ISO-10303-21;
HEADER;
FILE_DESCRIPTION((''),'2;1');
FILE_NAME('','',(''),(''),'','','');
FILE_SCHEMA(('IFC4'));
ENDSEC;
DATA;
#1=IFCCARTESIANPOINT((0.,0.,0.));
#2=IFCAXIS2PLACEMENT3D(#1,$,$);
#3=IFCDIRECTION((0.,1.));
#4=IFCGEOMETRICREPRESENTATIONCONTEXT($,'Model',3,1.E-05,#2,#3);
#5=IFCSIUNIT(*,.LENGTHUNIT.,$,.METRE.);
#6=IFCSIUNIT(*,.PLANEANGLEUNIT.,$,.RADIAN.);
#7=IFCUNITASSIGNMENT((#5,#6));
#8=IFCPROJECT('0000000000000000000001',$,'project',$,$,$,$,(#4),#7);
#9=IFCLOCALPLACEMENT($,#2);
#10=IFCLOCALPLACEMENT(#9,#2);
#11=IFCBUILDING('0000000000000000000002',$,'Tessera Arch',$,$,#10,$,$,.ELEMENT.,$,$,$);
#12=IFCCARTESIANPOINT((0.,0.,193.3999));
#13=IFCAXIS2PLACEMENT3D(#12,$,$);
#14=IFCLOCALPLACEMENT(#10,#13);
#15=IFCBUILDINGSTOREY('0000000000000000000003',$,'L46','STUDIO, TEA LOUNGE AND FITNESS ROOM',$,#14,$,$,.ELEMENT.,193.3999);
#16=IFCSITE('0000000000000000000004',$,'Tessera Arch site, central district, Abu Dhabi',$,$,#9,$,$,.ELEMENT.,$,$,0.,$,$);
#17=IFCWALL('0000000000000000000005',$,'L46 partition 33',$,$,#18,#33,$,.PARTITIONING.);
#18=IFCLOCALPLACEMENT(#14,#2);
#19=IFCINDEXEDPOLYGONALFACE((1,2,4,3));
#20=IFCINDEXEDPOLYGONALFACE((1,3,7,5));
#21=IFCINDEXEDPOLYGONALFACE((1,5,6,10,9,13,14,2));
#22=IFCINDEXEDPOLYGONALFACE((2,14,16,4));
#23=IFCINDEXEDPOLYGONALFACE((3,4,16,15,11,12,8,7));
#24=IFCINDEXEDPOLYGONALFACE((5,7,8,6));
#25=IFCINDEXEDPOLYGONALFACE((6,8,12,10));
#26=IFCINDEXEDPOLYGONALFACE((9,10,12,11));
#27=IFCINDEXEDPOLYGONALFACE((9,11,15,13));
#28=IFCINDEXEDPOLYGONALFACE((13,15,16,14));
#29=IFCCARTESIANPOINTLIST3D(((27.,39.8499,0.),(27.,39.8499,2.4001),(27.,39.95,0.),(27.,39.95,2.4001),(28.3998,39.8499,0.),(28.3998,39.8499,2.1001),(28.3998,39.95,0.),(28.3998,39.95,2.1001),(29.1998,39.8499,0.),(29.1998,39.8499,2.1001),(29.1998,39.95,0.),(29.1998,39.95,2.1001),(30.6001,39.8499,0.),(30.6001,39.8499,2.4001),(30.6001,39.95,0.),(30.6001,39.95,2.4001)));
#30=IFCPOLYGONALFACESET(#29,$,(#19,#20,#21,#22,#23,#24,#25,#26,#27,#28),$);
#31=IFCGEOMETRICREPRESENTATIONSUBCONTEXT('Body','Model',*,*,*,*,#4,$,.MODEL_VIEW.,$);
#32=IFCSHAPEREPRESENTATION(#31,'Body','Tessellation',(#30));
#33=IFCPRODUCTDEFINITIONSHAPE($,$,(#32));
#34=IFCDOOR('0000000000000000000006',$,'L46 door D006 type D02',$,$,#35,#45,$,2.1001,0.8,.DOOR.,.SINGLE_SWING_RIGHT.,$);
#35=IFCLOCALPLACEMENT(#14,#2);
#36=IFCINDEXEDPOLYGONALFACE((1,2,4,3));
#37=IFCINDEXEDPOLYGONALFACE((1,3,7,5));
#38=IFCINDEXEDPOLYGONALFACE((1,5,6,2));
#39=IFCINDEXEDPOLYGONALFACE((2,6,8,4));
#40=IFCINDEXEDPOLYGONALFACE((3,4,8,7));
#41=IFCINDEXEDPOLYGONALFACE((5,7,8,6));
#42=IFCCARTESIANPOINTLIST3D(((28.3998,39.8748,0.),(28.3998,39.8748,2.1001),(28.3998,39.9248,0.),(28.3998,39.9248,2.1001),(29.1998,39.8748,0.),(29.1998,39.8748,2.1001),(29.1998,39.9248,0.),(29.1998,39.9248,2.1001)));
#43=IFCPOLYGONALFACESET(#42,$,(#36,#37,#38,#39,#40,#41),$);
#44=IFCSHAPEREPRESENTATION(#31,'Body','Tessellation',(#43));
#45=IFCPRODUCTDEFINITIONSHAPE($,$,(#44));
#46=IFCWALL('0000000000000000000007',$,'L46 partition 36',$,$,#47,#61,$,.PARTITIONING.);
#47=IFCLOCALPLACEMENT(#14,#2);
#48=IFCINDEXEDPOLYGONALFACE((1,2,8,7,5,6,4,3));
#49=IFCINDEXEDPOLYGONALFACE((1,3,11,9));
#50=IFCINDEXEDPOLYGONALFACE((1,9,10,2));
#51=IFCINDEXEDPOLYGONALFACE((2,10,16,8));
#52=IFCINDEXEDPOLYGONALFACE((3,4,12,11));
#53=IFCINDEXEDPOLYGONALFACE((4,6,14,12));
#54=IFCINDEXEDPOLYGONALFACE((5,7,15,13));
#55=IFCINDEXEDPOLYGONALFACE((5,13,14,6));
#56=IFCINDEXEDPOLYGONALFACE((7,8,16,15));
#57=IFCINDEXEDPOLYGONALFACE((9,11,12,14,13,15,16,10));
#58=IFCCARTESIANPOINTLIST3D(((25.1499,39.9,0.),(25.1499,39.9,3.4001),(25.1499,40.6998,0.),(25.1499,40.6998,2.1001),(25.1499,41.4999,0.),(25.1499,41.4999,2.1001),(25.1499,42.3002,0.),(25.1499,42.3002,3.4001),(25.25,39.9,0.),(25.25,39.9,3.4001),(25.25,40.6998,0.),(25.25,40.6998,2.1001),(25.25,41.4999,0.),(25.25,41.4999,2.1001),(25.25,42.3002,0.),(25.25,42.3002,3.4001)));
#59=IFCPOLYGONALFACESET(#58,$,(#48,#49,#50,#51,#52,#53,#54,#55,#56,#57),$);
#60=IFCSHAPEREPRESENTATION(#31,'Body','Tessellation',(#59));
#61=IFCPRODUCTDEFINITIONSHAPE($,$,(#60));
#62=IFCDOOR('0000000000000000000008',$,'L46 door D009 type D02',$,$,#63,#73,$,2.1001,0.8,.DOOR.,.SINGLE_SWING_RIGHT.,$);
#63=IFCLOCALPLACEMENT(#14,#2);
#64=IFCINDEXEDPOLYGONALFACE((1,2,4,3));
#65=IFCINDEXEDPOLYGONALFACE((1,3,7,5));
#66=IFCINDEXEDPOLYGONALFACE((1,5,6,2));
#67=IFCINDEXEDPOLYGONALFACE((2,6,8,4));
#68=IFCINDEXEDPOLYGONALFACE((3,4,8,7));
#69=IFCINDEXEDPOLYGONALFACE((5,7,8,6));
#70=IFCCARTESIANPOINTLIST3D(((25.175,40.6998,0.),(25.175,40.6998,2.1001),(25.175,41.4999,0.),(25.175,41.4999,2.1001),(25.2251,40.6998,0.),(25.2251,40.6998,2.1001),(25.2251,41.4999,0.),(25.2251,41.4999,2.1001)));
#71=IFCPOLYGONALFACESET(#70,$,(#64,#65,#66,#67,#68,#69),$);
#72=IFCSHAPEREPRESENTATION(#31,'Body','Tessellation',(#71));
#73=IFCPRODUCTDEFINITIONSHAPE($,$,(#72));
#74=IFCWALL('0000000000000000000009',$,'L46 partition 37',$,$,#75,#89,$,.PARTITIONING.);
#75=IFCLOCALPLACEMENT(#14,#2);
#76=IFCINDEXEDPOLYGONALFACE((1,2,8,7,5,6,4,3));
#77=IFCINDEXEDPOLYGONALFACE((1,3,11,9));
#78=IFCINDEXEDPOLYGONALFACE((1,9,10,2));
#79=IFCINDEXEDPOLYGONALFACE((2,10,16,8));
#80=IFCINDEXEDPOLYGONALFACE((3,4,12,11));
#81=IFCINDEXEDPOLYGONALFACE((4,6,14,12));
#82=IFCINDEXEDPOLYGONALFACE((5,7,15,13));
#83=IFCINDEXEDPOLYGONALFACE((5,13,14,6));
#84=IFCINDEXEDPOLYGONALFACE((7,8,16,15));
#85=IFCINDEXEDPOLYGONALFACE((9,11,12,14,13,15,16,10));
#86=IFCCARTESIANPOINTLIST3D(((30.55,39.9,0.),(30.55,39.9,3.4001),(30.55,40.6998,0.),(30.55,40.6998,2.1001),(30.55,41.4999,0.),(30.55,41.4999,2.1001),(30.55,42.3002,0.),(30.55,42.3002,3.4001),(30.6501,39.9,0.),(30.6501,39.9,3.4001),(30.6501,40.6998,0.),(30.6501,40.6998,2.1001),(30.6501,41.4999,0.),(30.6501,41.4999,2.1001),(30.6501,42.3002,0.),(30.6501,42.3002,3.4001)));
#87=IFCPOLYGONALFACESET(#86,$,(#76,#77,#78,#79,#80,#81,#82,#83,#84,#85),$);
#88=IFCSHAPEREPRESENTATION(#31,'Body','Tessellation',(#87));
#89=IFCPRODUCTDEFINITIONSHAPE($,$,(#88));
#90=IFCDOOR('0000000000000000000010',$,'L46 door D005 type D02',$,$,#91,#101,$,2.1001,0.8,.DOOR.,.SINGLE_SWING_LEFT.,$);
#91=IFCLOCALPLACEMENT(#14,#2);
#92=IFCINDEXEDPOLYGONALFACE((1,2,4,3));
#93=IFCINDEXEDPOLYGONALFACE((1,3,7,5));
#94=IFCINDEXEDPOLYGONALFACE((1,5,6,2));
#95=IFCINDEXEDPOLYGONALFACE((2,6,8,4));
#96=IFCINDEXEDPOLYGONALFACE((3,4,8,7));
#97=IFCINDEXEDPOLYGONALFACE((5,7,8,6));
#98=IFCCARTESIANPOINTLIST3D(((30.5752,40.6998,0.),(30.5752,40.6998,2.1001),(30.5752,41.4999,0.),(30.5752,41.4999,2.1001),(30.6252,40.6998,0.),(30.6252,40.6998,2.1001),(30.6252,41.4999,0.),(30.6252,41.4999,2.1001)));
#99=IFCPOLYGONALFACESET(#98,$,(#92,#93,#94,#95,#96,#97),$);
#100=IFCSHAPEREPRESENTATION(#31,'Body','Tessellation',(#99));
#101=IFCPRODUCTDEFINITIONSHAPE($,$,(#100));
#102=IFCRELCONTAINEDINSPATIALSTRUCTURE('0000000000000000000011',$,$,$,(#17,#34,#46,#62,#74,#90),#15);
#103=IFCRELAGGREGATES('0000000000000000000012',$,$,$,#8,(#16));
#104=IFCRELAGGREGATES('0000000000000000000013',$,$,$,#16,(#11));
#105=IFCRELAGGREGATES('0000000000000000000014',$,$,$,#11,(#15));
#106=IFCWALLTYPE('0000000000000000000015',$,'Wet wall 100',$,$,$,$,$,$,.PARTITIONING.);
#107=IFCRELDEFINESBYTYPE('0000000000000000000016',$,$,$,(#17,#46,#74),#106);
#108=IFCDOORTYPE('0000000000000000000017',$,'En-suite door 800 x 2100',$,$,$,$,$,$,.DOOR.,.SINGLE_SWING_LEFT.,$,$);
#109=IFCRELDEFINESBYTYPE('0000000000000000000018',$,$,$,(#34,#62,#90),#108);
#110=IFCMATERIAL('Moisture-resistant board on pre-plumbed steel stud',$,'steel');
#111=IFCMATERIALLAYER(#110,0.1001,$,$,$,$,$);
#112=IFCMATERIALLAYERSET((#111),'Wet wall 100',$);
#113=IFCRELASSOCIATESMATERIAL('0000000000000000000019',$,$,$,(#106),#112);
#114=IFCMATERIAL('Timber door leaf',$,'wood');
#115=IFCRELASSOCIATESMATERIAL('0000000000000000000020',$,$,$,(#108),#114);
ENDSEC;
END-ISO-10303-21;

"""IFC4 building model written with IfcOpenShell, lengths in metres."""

from ifc_helpers import new_model, si_unit, direction, frame, frame_2d, origin, place, context, subcontext, project, spatial, rectangle, extrude, material, layer, layer_set, type_object, element, fill, save


model = new_model("IFC4")

# Units and contexts
model_context = context("Model", 3, precision=1e-05, world=origin(), true_north=direction((0.0, 1.0)))
body_context = subcontext(model_context, "Body", "Model", "MODEL_VIEW")
ifc_project = project(units=[si_unit("LENGTHUNIT", "METRE"), si_unit("PLANEANGLEUNIT", "RADIAN")], contexts=[model_context])

# Site, building, storey
site_placement = place(None, origin())
site = spatial("IfcSite", under=ifc_project, at=site_placement, Name="Tessera Arch site, central district, Abu Dhabi", CompositionType="ELEMENT", RefElevation=0.0)
building_placement = place(site_placement, origin())
building = spatial("IfcBuilding", under=site, at=building_placement, Name="Tessera Arch", CompositionType="ELEMENT")
storey_placement = place(building_placement, frame((0.0, 0.0, 193.3999)))
storey = spatial("IfcBuildingStorey", under=building, at=storey_placement, Name="L46", Description="STUDIO, TEA LOUNGE AND FITNESS ROOM", CompositionType="ELEMENT", Elevation=193.3999)

# Walls, openings, doors
ifc_material_1 = material(Name="Moisture-resistant board on pre-plumbed steel stud", Category="steel")
ifc_layer_1 = layer(ifc_material_1, 0.1001)
ifc_layer_set_1 = layer_set([ifc_layer_1], Name="Wet wall 100")
wall_type_1 = type_object("IfcWallType", Name="Wet wall 100", PredefinedType="PARTITIONING", material=ifc_layer_set_1)
ifc_material_2 = material(Name="Timber door leaf", Category="wood")
door_type_1 = type_object("IfcDoorType", Name="En-suite door 800 x 2100", OperationType="SINGLE_SWING_LEFT", PredefinedType="DOOR", material=ifc_material_2)
wall_1_placement = place(storey_placement, frame((27.0, 39.8999, 0.0), z_axis=(0.0, 0.0, 1.0), x_axis=(1.0, 0.0, 0.0)))
wall_1 = element("IfcWall", 1, at=wall_1_placement, inside=storey, type_object=wall_type_1, Name="L46 partition 33", PredefinedType="PARTITIONING", context=body_context, shape_type="SweptSolid", body=[
    extrude(rectangle(XDim=3.6001, YDim=0.1001, at=frame_2d((1.8, 0.0))), origin(), (0.0, 0.0, 1.0), 2.4001),
])
opening_1_placement = place(wall_1_placement, frame((1.3999, 0.0, 0.0)))
opening_1 = element("IfcOpeningElement", 2, at=opening_1_placement, cuts=wall_1, PredefinedType="OPENING", context=body_context, shape_type="SweptSolid", body=[
    extrude(rectangle(XDim=0.8, YDim=2.1001, at=frame_2d((0.3999, 1.05))), frame((0.0, 0.0601, 0.0), z_axis=(0.0, -1.0, 0.0), x_axis=(1.0, 0.0, 0.0)), (0.0, 0.0, 1.0), 0.1201),
])
door_1_placement = place(opening_1_placement, origin())
door_1 = element("IfcDoor", 3, at=door_1_placement, inside=storey, type_object=door_type_1, Name="L46 door D006 type D02", OperationType="SINGLE_SWING_RIGHT", OverallHeight=2.1001, OverallWidth=0.8, PredefinedType="DOOR", context=body_context, shape_type="SweptSolid", body=[
    extrude(rectangle(XDim=0.8, YDim=2.1001, at=frame_2d((0.3999, 1.05))), frame((0.0, 0.0249, 0.0), z_axis=(0.0, -1.0, 0.0), x_axis=(1.0, 0.0, 0.0)), (0.0, 0.0, 1.0), 0.05),
])
fill(opening_1, door_1)
wall_2_placement = place(storey_placement, frame((25.2, 39.8999, 0.0), z_axis=(0.0, 0.0, 1.0), x_axis=(0.0, 1.0, 0.0)))
wall_2 = element("IfcWall", 4, at=wall_2_placement, inside=storey, type_object=wall_type_1, Name="L46 partition 36", PredefinedType="PARTITIONING", context=body_context, shape_type="SweptSolid", body=[
    extrude(rectangle(XDim=2.4001, YDim=0.1001, at=frame_2d((1.2002, 0.0))), origin(), (0.0, 0.0, 1.0), 3.4001),
])
opening_2_placement = place(wall_2_placement, frame((0.8, 0.0, 0.0)))
opening_2 = element("IfcOpeningElement", 5, at=opening_2_placement, cuts=wall_2, PredefinedType="OPENING", context=body_context, shape_type="SweptSolid", body=[
    extrude(rectangle(XDim=0.8, YDim=2.1001, at=frame_2d((0.3999, 1.05))), frame((0.0, 0.0601, 0.0), z_axis=(0.0, -1.0, 0.0), x_axis=(1.0, 0.0, 0.0)), (0.0, 0.0, 1.0), 0.1201),
])
door_2_placement = place(opening_2_placement, origin())
door_2 = element("IfcDoor", 6, at=door_2_placement, inside=storey, type_object=door_type_1, Name="L46 door D009 type D02", OperationType="SINGLE_SWING_RIGHT", OverallHeight=2.1001, OverallWidth=0.8, PredefinedType="DOOR", context=body_context, shape_type="SweptSolid", body=[
    extrude(rectangle(XDim=0.8, YDim=2.1001, at=frame_2d((0.3999, 1.05))), frame((0.0, 0.0249, 0.0), z_axis=(0.0, -1.0, 0.0), x_axis=(1.0, 0.0, 0.0)), (0.0, 0.0, 1.0), 0.05),
])
fill(opening_2, door_2)
wall_3_placement = place(storey_placement, frame((30.6001, 39.8999, 0.0), z_axis=(0.0, 0.0, 1.0), x_axis=(0.0, 1.0, 0.0)))
wall_3 = element("IfcWall", 7, at=wall_3_placement, inside=storey, type_object=wall_type_1, Name="L46 partition 37", PredefinedType="PARTITIONING", context=body_context, shape_type="SweptSolid", body=[
    extrude(rectangle(XDim=2.4001, YDim=0.1001, at=frame_2d((1.2002, 0.0))), origin(), (0.0, 0.0, 1.0), 3.4001),
])
opening_3_placement = place(wall_3_placement, frame((0.8, 0.0, 0.0)))
opening_3 = element("IfcOpeningElement", 8, at=opening_3_placement, cuts=wall_3, PredefinedType="OPENING", context=body_context, shape_type="SweptSolid", body=[
    extrude(rectangle(XDim=0.8, YDim=2.1001, at=frame_2d((0.3999, 1.05))), frame((0.0, 0.0601, 0.0), z_axis=(0.0, -1.0, 0.0), x_axis=(1.0, 0.0, 0.0)), (0.0, 0.0, 1.0), 0.1201),
])
door_3_placement = place(opening_3_placement, origin())
door_3 = element("IfcDoor", 9, at=door_3_placement, inside=storey, type_object=door_type_1, Name="L46 door D005 type D02", OperationType="SINGLE_SWING_LEFT", OverallHeight=2.1001, OverallWidth=0.8, PredefinedType="DOOR", context=body_context, shape_type="SweptSolid", body=[
    extrude(rectangle(XDim=0.8, YDim=2.1001, at=frame_2d((0.3999, 1.05))), frame((0.0, 0.0249, 0.0), z_axis=(0.0, -1.0, 0.0), x_axis=(1.0, 0.0, 0.0)), (0.0, 0.0, 1.0), 0.05),
])
fill(opening_3, door_3)

save(model, "model.ifc")
